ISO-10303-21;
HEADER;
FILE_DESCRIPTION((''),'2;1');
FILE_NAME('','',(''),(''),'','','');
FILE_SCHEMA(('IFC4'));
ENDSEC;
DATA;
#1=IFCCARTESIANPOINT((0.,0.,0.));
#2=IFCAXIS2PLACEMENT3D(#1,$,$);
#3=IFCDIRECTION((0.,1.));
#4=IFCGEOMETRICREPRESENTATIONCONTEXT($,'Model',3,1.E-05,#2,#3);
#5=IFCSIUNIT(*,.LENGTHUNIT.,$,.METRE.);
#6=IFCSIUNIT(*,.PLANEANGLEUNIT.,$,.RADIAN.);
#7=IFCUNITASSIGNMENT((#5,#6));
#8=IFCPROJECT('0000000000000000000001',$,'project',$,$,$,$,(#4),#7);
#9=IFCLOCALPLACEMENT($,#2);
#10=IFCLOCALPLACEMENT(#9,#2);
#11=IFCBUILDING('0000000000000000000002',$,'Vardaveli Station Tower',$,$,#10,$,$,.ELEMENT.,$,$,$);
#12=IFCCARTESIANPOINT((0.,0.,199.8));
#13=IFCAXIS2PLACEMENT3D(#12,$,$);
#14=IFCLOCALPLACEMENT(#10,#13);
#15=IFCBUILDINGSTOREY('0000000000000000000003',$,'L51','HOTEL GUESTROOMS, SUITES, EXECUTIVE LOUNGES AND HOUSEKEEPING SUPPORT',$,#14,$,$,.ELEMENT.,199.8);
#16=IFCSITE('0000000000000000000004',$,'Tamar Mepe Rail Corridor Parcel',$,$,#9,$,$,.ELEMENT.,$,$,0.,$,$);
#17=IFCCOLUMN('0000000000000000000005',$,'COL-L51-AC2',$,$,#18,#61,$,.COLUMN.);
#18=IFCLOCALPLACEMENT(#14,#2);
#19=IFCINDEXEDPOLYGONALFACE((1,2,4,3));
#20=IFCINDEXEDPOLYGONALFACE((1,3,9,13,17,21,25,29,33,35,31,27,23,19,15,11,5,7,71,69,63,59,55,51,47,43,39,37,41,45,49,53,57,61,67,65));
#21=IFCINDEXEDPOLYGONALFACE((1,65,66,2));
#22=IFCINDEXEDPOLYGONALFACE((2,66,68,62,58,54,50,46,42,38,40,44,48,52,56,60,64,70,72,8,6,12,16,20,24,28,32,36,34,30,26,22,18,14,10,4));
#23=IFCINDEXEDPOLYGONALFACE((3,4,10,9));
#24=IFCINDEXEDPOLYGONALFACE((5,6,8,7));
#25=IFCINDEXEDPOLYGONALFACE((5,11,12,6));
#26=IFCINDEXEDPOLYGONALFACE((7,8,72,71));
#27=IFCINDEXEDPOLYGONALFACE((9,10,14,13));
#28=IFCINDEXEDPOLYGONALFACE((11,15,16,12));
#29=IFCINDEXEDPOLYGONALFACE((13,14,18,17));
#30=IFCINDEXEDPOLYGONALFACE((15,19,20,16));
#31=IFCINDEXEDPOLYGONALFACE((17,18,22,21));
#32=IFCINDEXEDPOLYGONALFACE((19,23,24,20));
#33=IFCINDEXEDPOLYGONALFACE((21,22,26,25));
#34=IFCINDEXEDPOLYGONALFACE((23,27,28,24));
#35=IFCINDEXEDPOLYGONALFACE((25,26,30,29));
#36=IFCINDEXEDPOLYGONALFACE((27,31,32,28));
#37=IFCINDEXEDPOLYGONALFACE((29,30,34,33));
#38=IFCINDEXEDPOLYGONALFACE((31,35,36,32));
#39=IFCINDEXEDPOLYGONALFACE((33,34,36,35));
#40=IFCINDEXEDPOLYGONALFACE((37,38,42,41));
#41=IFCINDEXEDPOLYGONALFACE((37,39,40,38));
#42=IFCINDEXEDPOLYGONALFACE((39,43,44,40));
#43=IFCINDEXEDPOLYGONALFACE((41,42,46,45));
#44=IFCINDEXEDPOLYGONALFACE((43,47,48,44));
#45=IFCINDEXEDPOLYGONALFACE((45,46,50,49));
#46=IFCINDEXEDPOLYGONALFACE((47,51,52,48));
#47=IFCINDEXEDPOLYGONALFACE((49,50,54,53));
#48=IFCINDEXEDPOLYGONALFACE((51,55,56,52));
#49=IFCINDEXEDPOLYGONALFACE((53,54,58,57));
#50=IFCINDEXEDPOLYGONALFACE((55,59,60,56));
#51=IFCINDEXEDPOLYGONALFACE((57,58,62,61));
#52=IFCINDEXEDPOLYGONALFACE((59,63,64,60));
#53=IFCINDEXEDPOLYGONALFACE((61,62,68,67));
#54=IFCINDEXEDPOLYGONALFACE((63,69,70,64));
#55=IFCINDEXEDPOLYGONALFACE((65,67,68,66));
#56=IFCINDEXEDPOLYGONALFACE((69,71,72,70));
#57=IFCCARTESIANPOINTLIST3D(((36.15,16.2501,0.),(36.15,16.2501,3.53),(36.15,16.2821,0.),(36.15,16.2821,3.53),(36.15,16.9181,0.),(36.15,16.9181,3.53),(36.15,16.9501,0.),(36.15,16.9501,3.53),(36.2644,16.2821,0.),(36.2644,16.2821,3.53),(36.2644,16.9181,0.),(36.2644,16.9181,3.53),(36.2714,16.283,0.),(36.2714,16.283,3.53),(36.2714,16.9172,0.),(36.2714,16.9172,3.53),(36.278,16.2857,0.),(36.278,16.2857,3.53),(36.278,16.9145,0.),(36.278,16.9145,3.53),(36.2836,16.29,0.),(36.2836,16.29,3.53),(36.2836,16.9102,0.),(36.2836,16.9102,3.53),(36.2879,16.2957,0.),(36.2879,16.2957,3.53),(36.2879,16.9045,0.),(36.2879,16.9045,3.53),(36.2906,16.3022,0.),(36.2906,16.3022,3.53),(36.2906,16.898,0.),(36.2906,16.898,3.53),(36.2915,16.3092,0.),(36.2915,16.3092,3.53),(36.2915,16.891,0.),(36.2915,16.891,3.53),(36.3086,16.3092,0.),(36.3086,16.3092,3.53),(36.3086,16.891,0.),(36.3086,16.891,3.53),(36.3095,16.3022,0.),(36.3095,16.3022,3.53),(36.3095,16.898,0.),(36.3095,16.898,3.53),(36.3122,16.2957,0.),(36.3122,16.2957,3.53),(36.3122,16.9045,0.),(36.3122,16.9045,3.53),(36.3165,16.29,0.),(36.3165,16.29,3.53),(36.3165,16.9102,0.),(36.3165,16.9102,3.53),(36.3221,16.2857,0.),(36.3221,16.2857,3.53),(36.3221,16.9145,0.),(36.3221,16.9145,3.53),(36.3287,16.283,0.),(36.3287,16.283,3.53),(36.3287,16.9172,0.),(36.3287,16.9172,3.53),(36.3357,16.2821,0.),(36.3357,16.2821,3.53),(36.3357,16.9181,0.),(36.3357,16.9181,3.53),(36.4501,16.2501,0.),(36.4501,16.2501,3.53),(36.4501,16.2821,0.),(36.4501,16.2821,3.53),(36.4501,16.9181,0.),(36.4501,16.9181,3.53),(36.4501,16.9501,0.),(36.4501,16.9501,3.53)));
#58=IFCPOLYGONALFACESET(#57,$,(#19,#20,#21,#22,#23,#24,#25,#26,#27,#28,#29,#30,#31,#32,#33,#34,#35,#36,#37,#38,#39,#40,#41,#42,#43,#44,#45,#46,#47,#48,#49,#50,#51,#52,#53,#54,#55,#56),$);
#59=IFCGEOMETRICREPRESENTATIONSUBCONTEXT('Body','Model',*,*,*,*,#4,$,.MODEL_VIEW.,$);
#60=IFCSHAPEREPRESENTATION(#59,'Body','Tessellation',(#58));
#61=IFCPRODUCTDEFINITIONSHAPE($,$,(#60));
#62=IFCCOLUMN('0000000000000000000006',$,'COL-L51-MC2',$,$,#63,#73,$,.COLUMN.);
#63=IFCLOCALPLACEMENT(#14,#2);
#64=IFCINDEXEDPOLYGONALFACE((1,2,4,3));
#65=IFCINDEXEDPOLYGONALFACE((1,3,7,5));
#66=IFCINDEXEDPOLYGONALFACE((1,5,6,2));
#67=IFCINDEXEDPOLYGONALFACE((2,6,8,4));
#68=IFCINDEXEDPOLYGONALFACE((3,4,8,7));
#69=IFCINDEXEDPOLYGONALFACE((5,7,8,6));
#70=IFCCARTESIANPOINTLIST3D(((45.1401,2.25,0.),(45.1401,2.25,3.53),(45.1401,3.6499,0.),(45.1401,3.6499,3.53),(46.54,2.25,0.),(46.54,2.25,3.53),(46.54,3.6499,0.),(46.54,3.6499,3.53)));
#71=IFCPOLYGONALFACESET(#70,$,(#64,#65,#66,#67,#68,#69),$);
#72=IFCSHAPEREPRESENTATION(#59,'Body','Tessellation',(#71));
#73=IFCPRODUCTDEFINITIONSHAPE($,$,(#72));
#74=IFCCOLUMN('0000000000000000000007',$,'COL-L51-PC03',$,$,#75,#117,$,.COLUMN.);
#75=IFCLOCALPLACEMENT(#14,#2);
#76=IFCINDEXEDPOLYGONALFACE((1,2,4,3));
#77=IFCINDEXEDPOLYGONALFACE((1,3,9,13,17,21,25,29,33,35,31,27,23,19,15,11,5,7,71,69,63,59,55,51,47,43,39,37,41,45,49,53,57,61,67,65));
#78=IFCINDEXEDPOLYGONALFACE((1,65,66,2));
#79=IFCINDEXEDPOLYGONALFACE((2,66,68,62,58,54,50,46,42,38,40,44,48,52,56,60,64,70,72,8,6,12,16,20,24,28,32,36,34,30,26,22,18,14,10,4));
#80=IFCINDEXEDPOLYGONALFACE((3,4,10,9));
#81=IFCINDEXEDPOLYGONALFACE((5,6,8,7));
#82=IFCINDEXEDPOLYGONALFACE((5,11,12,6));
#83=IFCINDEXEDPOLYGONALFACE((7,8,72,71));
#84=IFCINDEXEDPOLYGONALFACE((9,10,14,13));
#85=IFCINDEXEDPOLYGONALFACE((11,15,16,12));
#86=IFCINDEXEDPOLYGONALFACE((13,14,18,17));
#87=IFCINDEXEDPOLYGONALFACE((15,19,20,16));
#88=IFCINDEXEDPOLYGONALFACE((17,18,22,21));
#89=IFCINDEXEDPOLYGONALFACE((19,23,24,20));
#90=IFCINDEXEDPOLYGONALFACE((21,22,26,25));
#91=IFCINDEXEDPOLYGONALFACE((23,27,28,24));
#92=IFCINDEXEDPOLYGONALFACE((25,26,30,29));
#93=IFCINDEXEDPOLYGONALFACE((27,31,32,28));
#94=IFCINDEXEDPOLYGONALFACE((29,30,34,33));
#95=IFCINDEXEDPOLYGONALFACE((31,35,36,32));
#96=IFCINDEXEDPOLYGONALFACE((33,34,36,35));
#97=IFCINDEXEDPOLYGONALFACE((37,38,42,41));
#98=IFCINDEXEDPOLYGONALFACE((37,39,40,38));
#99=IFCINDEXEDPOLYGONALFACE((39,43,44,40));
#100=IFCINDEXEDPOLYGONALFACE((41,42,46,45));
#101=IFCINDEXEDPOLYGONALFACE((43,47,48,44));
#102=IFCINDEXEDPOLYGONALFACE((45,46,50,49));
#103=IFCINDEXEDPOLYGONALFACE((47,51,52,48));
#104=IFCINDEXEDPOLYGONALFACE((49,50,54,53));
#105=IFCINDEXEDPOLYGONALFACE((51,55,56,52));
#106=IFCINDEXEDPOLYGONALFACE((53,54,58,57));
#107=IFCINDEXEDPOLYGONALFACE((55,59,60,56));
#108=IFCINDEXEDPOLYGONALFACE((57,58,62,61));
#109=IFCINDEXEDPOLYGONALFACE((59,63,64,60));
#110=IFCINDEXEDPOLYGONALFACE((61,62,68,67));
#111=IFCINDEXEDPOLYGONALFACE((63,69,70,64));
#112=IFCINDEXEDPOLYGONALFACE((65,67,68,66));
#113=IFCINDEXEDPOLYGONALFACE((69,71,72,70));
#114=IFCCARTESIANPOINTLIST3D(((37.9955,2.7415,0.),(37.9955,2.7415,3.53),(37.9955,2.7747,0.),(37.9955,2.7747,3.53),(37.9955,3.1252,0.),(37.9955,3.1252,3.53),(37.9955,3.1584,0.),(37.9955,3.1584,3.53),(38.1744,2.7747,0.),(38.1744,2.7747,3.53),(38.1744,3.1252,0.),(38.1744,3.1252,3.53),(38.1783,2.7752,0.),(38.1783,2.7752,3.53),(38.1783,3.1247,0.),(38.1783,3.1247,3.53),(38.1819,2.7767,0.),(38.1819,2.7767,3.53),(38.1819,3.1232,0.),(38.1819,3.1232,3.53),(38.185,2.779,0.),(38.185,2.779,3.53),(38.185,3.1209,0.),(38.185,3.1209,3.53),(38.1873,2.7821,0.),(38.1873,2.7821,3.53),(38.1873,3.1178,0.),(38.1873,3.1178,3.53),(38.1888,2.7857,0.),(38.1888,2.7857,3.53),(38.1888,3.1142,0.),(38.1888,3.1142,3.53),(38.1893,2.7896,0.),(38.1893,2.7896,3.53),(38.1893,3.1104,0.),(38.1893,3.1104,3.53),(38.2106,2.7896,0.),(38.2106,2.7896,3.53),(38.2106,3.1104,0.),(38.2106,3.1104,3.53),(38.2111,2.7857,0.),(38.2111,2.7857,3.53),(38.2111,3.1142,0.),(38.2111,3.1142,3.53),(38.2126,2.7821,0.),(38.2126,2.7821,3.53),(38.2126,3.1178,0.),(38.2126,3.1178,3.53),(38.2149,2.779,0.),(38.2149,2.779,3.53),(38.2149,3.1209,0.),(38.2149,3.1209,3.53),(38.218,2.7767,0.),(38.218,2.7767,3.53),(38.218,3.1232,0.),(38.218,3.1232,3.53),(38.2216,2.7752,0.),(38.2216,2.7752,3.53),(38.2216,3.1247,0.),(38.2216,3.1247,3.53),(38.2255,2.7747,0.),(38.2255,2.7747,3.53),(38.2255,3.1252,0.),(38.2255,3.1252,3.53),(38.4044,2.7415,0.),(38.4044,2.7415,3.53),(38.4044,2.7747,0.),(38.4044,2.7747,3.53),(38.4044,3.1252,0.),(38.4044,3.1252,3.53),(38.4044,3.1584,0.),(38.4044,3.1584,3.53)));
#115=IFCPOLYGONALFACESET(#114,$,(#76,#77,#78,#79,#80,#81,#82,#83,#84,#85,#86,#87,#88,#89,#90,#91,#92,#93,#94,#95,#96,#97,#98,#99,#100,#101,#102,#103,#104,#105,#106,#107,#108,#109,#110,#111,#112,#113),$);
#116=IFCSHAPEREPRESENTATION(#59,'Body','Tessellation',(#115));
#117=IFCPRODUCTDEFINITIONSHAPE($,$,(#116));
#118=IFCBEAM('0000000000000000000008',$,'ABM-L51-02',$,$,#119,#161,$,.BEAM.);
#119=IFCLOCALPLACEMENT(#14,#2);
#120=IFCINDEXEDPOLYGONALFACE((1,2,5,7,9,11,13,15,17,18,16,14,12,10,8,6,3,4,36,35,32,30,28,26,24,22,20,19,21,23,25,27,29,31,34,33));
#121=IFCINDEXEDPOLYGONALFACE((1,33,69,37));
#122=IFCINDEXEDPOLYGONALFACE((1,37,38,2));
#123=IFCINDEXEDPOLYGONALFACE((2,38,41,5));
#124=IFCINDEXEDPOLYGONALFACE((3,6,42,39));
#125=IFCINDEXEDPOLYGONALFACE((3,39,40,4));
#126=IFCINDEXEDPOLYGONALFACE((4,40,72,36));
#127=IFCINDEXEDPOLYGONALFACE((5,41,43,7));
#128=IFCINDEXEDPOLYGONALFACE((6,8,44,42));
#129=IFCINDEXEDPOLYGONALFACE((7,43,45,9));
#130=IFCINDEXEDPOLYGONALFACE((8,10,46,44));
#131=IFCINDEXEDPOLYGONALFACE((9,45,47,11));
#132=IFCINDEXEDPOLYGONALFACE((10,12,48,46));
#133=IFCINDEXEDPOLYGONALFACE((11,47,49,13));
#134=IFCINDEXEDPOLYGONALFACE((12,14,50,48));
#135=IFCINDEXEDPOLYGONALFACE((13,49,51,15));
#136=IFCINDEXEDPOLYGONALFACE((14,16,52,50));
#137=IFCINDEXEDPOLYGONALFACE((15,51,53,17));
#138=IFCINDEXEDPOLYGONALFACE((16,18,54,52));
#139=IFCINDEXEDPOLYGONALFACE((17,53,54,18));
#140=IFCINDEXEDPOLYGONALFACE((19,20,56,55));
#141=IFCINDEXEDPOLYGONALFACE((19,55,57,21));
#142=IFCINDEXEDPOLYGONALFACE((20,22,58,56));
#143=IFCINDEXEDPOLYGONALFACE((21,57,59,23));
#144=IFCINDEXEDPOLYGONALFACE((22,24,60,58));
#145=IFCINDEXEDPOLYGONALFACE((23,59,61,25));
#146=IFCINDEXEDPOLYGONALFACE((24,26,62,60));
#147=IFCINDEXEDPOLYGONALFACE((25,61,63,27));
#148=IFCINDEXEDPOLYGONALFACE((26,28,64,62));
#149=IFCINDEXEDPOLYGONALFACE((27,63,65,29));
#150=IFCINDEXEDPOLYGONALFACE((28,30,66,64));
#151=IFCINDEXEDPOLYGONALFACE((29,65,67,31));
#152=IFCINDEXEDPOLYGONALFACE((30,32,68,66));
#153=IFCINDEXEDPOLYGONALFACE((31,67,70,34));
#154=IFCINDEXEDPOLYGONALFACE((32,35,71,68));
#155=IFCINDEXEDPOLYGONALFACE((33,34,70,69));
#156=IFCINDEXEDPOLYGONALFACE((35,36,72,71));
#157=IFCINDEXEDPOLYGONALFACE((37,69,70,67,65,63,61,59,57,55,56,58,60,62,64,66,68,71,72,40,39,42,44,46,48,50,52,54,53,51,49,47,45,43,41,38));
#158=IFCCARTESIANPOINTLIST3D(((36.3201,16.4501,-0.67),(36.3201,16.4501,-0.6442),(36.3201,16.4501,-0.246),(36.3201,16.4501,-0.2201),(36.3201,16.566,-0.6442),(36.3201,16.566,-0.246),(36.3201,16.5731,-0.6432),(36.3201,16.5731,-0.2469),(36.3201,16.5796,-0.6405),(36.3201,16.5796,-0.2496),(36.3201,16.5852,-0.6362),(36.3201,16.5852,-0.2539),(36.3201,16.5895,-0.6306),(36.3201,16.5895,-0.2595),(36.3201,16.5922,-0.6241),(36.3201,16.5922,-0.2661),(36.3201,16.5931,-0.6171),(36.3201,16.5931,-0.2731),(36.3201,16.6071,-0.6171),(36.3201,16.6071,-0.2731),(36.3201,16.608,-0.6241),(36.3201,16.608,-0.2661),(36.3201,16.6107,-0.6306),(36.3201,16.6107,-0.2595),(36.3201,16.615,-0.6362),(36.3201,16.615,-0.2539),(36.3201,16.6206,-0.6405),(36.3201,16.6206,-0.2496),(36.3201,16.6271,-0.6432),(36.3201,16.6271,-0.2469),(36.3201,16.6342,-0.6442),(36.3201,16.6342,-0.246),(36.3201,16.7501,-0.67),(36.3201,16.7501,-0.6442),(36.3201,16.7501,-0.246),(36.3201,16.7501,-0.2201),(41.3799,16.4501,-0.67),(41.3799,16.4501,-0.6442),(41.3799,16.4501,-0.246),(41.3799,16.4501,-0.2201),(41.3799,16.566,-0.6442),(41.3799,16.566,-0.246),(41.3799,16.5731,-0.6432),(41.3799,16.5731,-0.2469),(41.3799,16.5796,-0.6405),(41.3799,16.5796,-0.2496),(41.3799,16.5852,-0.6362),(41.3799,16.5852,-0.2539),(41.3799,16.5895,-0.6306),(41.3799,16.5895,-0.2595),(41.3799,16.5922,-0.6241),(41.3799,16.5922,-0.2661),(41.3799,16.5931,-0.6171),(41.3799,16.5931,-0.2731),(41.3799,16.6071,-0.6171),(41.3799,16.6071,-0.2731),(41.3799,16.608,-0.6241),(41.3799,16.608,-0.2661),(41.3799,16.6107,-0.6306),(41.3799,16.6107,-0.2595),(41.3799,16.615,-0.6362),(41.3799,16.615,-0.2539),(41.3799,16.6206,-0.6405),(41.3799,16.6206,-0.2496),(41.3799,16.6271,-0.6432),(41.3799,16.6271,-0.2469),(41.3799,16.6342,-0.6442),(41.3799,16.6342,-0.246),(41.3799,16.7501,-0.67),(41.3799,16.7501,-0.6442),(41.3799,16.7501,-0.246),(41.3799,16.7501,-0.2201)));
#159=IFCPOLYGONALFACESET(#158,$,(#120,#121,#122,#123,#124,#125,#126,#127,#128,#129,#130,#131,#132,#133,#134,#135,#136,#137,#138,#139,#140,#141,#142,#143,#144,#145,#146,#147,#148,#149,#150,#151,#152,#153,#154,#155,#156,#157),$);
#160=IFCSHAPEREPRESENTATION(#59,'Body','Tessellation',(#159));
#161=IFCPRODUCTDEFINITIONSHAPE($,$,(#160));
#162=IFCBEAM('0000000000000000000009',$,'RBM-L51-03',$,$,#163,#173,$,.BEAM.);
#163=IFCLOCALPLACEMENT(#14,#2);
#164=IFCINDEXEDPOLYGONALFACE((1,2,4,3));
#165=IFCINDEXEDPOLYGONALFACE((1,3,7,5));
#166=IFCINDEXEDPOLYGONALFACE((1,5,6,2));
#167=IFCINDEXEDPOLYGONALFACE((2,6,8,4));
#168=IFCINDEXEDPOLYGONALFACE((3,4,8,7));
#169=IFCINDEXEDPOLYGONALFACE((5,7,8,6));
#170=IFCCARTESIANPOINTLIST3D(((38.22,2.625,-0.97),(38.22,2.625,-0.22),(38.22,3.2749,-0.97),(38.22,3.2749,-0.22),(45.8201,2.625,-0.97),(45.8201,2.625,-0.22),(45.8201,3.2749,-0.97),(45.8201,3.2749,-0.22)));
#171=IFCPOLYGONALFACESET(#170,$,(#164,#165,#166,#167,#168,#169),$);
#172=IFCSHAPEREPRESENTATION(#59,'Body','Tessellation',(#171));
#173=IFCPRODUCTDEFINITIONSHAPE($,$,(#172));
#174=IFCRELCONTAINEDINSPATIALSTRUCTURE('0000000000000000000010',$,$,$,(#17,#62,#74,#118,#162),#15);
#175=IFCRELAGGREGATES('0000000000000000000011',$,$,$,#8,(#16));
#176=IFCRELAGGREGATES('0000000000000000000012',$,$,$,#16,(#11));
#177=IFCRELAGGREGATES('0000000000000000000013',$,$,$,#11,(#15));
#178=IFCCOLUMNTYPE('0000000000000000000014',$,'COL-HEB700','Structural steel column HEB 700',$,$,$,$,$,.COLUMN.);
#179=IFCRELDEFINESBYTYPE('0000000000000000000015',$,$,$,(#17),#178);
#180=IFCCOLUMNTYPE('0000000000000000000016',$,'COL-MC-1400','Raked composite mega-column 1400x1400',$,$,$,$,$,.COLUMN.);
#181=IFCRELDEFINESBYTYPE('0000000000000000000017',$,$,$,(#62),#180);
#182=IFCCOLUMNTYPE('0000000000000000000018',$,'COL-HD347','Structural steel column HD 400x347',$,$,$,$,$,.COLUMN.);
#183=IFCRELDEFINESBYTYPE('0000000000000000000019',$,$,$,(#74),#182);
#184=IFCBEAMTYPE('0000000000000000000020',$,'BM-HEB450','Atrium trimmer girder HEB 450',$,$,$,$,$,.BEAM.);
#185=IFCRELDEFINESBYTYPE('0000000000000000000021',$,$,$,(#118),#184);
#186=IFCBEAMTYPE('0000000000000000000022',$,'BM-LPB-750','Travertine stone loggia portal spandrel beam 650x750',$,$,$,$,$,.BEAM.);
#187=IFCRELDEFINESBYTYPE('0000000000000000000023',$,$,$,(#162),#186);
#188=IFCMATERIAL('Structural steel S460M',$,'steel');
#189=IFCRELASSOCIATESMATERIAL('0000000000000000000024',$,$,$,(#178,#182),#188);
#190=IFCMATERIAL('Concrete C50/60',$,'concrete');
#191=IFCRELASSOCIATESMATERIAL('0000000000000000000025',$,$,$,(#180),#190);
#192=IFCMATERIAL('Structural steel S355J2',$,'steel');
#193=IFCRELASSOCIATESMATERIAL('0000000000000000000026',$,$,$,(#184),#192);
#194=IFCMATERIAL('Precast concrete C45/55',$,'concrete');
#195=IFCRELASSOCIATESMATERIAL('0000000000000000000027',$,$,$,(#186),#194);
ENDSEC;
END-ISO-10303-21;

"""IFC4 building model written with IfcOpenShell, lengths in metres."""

from ifc_helpers import new_model, si_unit, direction, frame, origin, origin_2d, place, context, subcontext, project, spatial, rectangle, i_section, extrude, source, transform, mapped, material, material_profile, profile_set, type_object, element, save


model = new_model("IFC4")

# Units and contexts
model_context = context("Model", 3, precision=1e-05, world=origin(), true_north=direction((0.0, 1.0)))
body_context = subcontext(model_context, "Body", "Model", "MODEL_VIEW")
ifc_project = project(units=[si_unit("LENGTHUNIT", "METRE"), si_unit("PLANEANGLEUNIT", "RADIAN")], contexts=[model_context])

# Site, building, storey
site_placement = place(None, origin())
site = spatial("IfcSite", under=ifc_project, at=site_placement, Name="Tamar Mepe Rail Corridor Parcel", CompositionType="ELEMENT", RefElevation=0.0)
building_placement = place(site_placement, origin())
building = spatial("IfcBuilding", under=site, at=building_placement, Name="Vardaveli Station Tower", CompositionType="ELEMENT")
storey_placement = place(building_placement, frame((0.0, 0.0, 199.8)))
storey = spatial("IfcBuildingStorey", under=building, at=storey_placement, Name="L51", Description="HOTEL GUESTROOMS, SUITES, EXECUTIVE LOUNGES AND HOUSEKEEPING SUPPORT", CompositionType="ELEMENT", Elevation=199.8)

# Columns
ifc_material_1 = material(Name="Structural steel S460M", Category="steel")
ifc_material_profile_1 = material_profile(ifc_material_1, i_section(OverallWidth=0.3, OverallDepth=0.7, WebThickness=0.0171, FlangeThickness=0.032, FilletRadius=0.0271, at=origin_2d()), Name="HEB 700")
ifc_profile_set_1 = profile_set([ifc_material_profile_1], Name="Structural steel S460M")
column_type_1 = type_object("IfcColumnType", Name="COL-HEB700", Description="Structural steel column HEB 700", PredefinedType="COLUMN", material=ifc_profile_set_1)
shared_shape_1 = source(origin(), body_context, "Body", "SweptSolid", [
    extrude(i_section(OverallWidth=0.3, OverallDepth=0.7, WebThickness=0.0171, FlangeThickness=0.032, FilletRadius=0.0271, at=origin_2d()), origin(), (0.0, 0.0, 1.0), 3.53),
])
column_1_placement = place(storey_placement, frame((36.3, 16.6001, 0.0), z_axis=(0.0, 0.0, 1.0), x_axis=(1.0, 0.0, 0.0)))
element("IfcColumn", 1, at=column_1_placement, inside=storey, type_object=column_type_1, Name="COL-L51-AC2", PredefinedType="COLUMN", context=body_context, shape_type="MappedRepresentation", body=[
    mapped(shared_shape_1, transform((0.0, 0.0, 0.0), scale=1.0)),
])
ifc_material_2 = material(Name="Concrete C50/60", Category="concrete")
ifc_material_profile_2 = material_profile(ifc_material_2, rectangle(XDim=1.3999, YDim=1.3999, at=origin_2d()), Name="MC 1400x1400")
ifc_profile_set_2 = profile_set([ifc_material_profile_2], Name="Concrete C50/60")
column_type_2 = type_object("IfcColumnType", Name="COL-MC-1400", Description="Raked composite mega-column 1400x1400", PredefinedType="COLUMN", material=ifc_profile_set_2)
shared_shape_2 = source(origin(), body_context, "Body", "SweptSolid", [
    extrude(rectangle(XDim=1.3999, YDim=1.3999, at=origin_2d()), origin(), (0.0, 0.0, 1.0), 3.53),
])
column_2_placement = place(storey_placement, frame((45.8401, 2.95, 0.0), z_axis=(0.0, 0.0, 1.0), x_axis=(1.0, 0.0, 0.0)))
element("IfcColumn", 2, at=column_2_placement, inside=storey, type_object=column_type_2, Name="COL-L51-MC2", PredefinedType="COLUMN", context=body_context, shape_type="MappedRepresentation", body=[
    mapped(shared_shape_2, transform((0.0, 0.0, 0.0), scale=1.0)),
])
ifc_material_profile_3 = material_profile(ifc_material_1, i_section(OverallWidth=0.4089, OverallDepth=0.417, WebThickness=0.0212, FlangeThickness=0.0332, FilletRadius=0.0149, at=origin_2d()), Name="HD 400x347")
ifc_profile_set_3 = profile_set([ifc_material_profile_3], Name="Structural steel S460M")
column_type_3 = type_object("IfcColumnType", Name="COL-HD347", Description="Structural steel column HD 400x347", PredefinedType="COLUMN", material=ifc_profile_set_3)
shared_shape_3 = source(origin(), body_context, "Body", "SweptSolid", [
    extrude(i_section(OverallWidth=0.4089, OverallDepth=0.417, WebThickness=0.0212, FlangeThickness=0.0332, FilletRadius=0.0149, at=origin_2d()), origin(), (0.0, 0.0, 1.0), 3.53),
])
column_3_placement = place(storey_placement, frame((38.2, 2.95, 0.0), z_axis=(0.0, 0.0, 1.0), x_axis=(1.0, 0.0, 0.0)))
element("IfcColumn", 3, at=column_3_placement, inside=storey, type_object=column_type_3, Name="COL-L51-PC03", PredefinedType="COLUMN", context=body_context, shape_type="MappedRepresentation", body=[
    mapped(shared_shape_3, transform((0.0, 0.0, 0.0), scale=1.0)),
])

# Beams
ifc_material_3 = material(Name="Structural steel S355J2", Category="steel")
ifc_material_profile_4 = material_profile(ifc_material_3, i_section(OverallWidth=0.3, OverallDepth=0.45, WebThickness=0.0139, FlangeThickness=0.0259, FilletRadius=0.0271, at=origin_2d()), Name="HEB 450")
ifc_profile_set_4 = profile_set([ifc_material_profile_4], Name="Structural steel S355J2")
beam_type_1 = type_object("IfcBeamType", Name="BM-HEB450", Description="Atrium trimmer girder HEB 450", PredefinedType="BEAM", material=ifc_profile_set_4)
shared_shape_4 = source(origin(), body_context, "Body", "SweptSolid", [
    extrude(i_section(OverallWidth=0.3, OverallDepth=0.45, WebThickness=0.0139, FlangeThickness=0.0259, FilletRadius=0.0271, at=origin_2d()), origin(), (0.0, 0.0, 1.0), 5.0598),
])
beam_1_placement = place(storey_placement, frame((36.3201, 16.6001, -0.4451), z_axis=(1.0, 0.0, 0.0), x_axis=(0.0, 1.0, 0.0)))
element("IfcBeam", 4, at=beam_1_placement, inside=storey, type_object=beam_type_1, Name="ABM-L51-02", PredefinedType="BEAM", context=body_context, shape_type="MappedRepresentation", body=[
    mapped(shared_shape_4, transform((0.0, 0.0, 0.0), scale=1.0)),
])
ifc_material_4 = material(Name="Precast concrete C45/55", Category="concrete")
ifc_material_profile_5 = material_profile(ifc_material_4, rectangle(XDim=0.6499, YDim=0.75, at=origin_2d()), Name="LPB 650x750")
ifc_profile_set_5 = profile_set([ifc_material_profile_5], Name="Precast concrete C45/55")
beam_type_2 = type_object("IfcBeamType", Name="BM-LPB-750", Description="Travertine stone loggia portal spandrel beam 650x750", PredefinedType="BEAM", material=ifc_profile_set_5)
shared_shape_5 = source(origin(), body_context, "Body", "SweptSolid", [
    extrude(rectangle(XDim=0.6499, YDim=0.75, at=origin_2d()), origin(), (0.0, 0.0, 1.0), 7.6001),
])
beam_2_placement = place(storey_placement, frame((38.22, 2.95, -0.595), z_axis=(1.0, 0.0, 0.0), x_axis=(0.0, 1.0, 0.0)))
element("IfcBeam", 5, at=beam_2_placement, inside=storey, type_object=beam_type_2, Name="RBM-L51-03", PredefinedType="BEAM", context=body_context, shape_type="MappedRepresentation", body=[
    mapped(shared_shape_5, transform((0.0, 0.0, 0.0), scale=1.0)),
])

save(model, "model.ifc")
